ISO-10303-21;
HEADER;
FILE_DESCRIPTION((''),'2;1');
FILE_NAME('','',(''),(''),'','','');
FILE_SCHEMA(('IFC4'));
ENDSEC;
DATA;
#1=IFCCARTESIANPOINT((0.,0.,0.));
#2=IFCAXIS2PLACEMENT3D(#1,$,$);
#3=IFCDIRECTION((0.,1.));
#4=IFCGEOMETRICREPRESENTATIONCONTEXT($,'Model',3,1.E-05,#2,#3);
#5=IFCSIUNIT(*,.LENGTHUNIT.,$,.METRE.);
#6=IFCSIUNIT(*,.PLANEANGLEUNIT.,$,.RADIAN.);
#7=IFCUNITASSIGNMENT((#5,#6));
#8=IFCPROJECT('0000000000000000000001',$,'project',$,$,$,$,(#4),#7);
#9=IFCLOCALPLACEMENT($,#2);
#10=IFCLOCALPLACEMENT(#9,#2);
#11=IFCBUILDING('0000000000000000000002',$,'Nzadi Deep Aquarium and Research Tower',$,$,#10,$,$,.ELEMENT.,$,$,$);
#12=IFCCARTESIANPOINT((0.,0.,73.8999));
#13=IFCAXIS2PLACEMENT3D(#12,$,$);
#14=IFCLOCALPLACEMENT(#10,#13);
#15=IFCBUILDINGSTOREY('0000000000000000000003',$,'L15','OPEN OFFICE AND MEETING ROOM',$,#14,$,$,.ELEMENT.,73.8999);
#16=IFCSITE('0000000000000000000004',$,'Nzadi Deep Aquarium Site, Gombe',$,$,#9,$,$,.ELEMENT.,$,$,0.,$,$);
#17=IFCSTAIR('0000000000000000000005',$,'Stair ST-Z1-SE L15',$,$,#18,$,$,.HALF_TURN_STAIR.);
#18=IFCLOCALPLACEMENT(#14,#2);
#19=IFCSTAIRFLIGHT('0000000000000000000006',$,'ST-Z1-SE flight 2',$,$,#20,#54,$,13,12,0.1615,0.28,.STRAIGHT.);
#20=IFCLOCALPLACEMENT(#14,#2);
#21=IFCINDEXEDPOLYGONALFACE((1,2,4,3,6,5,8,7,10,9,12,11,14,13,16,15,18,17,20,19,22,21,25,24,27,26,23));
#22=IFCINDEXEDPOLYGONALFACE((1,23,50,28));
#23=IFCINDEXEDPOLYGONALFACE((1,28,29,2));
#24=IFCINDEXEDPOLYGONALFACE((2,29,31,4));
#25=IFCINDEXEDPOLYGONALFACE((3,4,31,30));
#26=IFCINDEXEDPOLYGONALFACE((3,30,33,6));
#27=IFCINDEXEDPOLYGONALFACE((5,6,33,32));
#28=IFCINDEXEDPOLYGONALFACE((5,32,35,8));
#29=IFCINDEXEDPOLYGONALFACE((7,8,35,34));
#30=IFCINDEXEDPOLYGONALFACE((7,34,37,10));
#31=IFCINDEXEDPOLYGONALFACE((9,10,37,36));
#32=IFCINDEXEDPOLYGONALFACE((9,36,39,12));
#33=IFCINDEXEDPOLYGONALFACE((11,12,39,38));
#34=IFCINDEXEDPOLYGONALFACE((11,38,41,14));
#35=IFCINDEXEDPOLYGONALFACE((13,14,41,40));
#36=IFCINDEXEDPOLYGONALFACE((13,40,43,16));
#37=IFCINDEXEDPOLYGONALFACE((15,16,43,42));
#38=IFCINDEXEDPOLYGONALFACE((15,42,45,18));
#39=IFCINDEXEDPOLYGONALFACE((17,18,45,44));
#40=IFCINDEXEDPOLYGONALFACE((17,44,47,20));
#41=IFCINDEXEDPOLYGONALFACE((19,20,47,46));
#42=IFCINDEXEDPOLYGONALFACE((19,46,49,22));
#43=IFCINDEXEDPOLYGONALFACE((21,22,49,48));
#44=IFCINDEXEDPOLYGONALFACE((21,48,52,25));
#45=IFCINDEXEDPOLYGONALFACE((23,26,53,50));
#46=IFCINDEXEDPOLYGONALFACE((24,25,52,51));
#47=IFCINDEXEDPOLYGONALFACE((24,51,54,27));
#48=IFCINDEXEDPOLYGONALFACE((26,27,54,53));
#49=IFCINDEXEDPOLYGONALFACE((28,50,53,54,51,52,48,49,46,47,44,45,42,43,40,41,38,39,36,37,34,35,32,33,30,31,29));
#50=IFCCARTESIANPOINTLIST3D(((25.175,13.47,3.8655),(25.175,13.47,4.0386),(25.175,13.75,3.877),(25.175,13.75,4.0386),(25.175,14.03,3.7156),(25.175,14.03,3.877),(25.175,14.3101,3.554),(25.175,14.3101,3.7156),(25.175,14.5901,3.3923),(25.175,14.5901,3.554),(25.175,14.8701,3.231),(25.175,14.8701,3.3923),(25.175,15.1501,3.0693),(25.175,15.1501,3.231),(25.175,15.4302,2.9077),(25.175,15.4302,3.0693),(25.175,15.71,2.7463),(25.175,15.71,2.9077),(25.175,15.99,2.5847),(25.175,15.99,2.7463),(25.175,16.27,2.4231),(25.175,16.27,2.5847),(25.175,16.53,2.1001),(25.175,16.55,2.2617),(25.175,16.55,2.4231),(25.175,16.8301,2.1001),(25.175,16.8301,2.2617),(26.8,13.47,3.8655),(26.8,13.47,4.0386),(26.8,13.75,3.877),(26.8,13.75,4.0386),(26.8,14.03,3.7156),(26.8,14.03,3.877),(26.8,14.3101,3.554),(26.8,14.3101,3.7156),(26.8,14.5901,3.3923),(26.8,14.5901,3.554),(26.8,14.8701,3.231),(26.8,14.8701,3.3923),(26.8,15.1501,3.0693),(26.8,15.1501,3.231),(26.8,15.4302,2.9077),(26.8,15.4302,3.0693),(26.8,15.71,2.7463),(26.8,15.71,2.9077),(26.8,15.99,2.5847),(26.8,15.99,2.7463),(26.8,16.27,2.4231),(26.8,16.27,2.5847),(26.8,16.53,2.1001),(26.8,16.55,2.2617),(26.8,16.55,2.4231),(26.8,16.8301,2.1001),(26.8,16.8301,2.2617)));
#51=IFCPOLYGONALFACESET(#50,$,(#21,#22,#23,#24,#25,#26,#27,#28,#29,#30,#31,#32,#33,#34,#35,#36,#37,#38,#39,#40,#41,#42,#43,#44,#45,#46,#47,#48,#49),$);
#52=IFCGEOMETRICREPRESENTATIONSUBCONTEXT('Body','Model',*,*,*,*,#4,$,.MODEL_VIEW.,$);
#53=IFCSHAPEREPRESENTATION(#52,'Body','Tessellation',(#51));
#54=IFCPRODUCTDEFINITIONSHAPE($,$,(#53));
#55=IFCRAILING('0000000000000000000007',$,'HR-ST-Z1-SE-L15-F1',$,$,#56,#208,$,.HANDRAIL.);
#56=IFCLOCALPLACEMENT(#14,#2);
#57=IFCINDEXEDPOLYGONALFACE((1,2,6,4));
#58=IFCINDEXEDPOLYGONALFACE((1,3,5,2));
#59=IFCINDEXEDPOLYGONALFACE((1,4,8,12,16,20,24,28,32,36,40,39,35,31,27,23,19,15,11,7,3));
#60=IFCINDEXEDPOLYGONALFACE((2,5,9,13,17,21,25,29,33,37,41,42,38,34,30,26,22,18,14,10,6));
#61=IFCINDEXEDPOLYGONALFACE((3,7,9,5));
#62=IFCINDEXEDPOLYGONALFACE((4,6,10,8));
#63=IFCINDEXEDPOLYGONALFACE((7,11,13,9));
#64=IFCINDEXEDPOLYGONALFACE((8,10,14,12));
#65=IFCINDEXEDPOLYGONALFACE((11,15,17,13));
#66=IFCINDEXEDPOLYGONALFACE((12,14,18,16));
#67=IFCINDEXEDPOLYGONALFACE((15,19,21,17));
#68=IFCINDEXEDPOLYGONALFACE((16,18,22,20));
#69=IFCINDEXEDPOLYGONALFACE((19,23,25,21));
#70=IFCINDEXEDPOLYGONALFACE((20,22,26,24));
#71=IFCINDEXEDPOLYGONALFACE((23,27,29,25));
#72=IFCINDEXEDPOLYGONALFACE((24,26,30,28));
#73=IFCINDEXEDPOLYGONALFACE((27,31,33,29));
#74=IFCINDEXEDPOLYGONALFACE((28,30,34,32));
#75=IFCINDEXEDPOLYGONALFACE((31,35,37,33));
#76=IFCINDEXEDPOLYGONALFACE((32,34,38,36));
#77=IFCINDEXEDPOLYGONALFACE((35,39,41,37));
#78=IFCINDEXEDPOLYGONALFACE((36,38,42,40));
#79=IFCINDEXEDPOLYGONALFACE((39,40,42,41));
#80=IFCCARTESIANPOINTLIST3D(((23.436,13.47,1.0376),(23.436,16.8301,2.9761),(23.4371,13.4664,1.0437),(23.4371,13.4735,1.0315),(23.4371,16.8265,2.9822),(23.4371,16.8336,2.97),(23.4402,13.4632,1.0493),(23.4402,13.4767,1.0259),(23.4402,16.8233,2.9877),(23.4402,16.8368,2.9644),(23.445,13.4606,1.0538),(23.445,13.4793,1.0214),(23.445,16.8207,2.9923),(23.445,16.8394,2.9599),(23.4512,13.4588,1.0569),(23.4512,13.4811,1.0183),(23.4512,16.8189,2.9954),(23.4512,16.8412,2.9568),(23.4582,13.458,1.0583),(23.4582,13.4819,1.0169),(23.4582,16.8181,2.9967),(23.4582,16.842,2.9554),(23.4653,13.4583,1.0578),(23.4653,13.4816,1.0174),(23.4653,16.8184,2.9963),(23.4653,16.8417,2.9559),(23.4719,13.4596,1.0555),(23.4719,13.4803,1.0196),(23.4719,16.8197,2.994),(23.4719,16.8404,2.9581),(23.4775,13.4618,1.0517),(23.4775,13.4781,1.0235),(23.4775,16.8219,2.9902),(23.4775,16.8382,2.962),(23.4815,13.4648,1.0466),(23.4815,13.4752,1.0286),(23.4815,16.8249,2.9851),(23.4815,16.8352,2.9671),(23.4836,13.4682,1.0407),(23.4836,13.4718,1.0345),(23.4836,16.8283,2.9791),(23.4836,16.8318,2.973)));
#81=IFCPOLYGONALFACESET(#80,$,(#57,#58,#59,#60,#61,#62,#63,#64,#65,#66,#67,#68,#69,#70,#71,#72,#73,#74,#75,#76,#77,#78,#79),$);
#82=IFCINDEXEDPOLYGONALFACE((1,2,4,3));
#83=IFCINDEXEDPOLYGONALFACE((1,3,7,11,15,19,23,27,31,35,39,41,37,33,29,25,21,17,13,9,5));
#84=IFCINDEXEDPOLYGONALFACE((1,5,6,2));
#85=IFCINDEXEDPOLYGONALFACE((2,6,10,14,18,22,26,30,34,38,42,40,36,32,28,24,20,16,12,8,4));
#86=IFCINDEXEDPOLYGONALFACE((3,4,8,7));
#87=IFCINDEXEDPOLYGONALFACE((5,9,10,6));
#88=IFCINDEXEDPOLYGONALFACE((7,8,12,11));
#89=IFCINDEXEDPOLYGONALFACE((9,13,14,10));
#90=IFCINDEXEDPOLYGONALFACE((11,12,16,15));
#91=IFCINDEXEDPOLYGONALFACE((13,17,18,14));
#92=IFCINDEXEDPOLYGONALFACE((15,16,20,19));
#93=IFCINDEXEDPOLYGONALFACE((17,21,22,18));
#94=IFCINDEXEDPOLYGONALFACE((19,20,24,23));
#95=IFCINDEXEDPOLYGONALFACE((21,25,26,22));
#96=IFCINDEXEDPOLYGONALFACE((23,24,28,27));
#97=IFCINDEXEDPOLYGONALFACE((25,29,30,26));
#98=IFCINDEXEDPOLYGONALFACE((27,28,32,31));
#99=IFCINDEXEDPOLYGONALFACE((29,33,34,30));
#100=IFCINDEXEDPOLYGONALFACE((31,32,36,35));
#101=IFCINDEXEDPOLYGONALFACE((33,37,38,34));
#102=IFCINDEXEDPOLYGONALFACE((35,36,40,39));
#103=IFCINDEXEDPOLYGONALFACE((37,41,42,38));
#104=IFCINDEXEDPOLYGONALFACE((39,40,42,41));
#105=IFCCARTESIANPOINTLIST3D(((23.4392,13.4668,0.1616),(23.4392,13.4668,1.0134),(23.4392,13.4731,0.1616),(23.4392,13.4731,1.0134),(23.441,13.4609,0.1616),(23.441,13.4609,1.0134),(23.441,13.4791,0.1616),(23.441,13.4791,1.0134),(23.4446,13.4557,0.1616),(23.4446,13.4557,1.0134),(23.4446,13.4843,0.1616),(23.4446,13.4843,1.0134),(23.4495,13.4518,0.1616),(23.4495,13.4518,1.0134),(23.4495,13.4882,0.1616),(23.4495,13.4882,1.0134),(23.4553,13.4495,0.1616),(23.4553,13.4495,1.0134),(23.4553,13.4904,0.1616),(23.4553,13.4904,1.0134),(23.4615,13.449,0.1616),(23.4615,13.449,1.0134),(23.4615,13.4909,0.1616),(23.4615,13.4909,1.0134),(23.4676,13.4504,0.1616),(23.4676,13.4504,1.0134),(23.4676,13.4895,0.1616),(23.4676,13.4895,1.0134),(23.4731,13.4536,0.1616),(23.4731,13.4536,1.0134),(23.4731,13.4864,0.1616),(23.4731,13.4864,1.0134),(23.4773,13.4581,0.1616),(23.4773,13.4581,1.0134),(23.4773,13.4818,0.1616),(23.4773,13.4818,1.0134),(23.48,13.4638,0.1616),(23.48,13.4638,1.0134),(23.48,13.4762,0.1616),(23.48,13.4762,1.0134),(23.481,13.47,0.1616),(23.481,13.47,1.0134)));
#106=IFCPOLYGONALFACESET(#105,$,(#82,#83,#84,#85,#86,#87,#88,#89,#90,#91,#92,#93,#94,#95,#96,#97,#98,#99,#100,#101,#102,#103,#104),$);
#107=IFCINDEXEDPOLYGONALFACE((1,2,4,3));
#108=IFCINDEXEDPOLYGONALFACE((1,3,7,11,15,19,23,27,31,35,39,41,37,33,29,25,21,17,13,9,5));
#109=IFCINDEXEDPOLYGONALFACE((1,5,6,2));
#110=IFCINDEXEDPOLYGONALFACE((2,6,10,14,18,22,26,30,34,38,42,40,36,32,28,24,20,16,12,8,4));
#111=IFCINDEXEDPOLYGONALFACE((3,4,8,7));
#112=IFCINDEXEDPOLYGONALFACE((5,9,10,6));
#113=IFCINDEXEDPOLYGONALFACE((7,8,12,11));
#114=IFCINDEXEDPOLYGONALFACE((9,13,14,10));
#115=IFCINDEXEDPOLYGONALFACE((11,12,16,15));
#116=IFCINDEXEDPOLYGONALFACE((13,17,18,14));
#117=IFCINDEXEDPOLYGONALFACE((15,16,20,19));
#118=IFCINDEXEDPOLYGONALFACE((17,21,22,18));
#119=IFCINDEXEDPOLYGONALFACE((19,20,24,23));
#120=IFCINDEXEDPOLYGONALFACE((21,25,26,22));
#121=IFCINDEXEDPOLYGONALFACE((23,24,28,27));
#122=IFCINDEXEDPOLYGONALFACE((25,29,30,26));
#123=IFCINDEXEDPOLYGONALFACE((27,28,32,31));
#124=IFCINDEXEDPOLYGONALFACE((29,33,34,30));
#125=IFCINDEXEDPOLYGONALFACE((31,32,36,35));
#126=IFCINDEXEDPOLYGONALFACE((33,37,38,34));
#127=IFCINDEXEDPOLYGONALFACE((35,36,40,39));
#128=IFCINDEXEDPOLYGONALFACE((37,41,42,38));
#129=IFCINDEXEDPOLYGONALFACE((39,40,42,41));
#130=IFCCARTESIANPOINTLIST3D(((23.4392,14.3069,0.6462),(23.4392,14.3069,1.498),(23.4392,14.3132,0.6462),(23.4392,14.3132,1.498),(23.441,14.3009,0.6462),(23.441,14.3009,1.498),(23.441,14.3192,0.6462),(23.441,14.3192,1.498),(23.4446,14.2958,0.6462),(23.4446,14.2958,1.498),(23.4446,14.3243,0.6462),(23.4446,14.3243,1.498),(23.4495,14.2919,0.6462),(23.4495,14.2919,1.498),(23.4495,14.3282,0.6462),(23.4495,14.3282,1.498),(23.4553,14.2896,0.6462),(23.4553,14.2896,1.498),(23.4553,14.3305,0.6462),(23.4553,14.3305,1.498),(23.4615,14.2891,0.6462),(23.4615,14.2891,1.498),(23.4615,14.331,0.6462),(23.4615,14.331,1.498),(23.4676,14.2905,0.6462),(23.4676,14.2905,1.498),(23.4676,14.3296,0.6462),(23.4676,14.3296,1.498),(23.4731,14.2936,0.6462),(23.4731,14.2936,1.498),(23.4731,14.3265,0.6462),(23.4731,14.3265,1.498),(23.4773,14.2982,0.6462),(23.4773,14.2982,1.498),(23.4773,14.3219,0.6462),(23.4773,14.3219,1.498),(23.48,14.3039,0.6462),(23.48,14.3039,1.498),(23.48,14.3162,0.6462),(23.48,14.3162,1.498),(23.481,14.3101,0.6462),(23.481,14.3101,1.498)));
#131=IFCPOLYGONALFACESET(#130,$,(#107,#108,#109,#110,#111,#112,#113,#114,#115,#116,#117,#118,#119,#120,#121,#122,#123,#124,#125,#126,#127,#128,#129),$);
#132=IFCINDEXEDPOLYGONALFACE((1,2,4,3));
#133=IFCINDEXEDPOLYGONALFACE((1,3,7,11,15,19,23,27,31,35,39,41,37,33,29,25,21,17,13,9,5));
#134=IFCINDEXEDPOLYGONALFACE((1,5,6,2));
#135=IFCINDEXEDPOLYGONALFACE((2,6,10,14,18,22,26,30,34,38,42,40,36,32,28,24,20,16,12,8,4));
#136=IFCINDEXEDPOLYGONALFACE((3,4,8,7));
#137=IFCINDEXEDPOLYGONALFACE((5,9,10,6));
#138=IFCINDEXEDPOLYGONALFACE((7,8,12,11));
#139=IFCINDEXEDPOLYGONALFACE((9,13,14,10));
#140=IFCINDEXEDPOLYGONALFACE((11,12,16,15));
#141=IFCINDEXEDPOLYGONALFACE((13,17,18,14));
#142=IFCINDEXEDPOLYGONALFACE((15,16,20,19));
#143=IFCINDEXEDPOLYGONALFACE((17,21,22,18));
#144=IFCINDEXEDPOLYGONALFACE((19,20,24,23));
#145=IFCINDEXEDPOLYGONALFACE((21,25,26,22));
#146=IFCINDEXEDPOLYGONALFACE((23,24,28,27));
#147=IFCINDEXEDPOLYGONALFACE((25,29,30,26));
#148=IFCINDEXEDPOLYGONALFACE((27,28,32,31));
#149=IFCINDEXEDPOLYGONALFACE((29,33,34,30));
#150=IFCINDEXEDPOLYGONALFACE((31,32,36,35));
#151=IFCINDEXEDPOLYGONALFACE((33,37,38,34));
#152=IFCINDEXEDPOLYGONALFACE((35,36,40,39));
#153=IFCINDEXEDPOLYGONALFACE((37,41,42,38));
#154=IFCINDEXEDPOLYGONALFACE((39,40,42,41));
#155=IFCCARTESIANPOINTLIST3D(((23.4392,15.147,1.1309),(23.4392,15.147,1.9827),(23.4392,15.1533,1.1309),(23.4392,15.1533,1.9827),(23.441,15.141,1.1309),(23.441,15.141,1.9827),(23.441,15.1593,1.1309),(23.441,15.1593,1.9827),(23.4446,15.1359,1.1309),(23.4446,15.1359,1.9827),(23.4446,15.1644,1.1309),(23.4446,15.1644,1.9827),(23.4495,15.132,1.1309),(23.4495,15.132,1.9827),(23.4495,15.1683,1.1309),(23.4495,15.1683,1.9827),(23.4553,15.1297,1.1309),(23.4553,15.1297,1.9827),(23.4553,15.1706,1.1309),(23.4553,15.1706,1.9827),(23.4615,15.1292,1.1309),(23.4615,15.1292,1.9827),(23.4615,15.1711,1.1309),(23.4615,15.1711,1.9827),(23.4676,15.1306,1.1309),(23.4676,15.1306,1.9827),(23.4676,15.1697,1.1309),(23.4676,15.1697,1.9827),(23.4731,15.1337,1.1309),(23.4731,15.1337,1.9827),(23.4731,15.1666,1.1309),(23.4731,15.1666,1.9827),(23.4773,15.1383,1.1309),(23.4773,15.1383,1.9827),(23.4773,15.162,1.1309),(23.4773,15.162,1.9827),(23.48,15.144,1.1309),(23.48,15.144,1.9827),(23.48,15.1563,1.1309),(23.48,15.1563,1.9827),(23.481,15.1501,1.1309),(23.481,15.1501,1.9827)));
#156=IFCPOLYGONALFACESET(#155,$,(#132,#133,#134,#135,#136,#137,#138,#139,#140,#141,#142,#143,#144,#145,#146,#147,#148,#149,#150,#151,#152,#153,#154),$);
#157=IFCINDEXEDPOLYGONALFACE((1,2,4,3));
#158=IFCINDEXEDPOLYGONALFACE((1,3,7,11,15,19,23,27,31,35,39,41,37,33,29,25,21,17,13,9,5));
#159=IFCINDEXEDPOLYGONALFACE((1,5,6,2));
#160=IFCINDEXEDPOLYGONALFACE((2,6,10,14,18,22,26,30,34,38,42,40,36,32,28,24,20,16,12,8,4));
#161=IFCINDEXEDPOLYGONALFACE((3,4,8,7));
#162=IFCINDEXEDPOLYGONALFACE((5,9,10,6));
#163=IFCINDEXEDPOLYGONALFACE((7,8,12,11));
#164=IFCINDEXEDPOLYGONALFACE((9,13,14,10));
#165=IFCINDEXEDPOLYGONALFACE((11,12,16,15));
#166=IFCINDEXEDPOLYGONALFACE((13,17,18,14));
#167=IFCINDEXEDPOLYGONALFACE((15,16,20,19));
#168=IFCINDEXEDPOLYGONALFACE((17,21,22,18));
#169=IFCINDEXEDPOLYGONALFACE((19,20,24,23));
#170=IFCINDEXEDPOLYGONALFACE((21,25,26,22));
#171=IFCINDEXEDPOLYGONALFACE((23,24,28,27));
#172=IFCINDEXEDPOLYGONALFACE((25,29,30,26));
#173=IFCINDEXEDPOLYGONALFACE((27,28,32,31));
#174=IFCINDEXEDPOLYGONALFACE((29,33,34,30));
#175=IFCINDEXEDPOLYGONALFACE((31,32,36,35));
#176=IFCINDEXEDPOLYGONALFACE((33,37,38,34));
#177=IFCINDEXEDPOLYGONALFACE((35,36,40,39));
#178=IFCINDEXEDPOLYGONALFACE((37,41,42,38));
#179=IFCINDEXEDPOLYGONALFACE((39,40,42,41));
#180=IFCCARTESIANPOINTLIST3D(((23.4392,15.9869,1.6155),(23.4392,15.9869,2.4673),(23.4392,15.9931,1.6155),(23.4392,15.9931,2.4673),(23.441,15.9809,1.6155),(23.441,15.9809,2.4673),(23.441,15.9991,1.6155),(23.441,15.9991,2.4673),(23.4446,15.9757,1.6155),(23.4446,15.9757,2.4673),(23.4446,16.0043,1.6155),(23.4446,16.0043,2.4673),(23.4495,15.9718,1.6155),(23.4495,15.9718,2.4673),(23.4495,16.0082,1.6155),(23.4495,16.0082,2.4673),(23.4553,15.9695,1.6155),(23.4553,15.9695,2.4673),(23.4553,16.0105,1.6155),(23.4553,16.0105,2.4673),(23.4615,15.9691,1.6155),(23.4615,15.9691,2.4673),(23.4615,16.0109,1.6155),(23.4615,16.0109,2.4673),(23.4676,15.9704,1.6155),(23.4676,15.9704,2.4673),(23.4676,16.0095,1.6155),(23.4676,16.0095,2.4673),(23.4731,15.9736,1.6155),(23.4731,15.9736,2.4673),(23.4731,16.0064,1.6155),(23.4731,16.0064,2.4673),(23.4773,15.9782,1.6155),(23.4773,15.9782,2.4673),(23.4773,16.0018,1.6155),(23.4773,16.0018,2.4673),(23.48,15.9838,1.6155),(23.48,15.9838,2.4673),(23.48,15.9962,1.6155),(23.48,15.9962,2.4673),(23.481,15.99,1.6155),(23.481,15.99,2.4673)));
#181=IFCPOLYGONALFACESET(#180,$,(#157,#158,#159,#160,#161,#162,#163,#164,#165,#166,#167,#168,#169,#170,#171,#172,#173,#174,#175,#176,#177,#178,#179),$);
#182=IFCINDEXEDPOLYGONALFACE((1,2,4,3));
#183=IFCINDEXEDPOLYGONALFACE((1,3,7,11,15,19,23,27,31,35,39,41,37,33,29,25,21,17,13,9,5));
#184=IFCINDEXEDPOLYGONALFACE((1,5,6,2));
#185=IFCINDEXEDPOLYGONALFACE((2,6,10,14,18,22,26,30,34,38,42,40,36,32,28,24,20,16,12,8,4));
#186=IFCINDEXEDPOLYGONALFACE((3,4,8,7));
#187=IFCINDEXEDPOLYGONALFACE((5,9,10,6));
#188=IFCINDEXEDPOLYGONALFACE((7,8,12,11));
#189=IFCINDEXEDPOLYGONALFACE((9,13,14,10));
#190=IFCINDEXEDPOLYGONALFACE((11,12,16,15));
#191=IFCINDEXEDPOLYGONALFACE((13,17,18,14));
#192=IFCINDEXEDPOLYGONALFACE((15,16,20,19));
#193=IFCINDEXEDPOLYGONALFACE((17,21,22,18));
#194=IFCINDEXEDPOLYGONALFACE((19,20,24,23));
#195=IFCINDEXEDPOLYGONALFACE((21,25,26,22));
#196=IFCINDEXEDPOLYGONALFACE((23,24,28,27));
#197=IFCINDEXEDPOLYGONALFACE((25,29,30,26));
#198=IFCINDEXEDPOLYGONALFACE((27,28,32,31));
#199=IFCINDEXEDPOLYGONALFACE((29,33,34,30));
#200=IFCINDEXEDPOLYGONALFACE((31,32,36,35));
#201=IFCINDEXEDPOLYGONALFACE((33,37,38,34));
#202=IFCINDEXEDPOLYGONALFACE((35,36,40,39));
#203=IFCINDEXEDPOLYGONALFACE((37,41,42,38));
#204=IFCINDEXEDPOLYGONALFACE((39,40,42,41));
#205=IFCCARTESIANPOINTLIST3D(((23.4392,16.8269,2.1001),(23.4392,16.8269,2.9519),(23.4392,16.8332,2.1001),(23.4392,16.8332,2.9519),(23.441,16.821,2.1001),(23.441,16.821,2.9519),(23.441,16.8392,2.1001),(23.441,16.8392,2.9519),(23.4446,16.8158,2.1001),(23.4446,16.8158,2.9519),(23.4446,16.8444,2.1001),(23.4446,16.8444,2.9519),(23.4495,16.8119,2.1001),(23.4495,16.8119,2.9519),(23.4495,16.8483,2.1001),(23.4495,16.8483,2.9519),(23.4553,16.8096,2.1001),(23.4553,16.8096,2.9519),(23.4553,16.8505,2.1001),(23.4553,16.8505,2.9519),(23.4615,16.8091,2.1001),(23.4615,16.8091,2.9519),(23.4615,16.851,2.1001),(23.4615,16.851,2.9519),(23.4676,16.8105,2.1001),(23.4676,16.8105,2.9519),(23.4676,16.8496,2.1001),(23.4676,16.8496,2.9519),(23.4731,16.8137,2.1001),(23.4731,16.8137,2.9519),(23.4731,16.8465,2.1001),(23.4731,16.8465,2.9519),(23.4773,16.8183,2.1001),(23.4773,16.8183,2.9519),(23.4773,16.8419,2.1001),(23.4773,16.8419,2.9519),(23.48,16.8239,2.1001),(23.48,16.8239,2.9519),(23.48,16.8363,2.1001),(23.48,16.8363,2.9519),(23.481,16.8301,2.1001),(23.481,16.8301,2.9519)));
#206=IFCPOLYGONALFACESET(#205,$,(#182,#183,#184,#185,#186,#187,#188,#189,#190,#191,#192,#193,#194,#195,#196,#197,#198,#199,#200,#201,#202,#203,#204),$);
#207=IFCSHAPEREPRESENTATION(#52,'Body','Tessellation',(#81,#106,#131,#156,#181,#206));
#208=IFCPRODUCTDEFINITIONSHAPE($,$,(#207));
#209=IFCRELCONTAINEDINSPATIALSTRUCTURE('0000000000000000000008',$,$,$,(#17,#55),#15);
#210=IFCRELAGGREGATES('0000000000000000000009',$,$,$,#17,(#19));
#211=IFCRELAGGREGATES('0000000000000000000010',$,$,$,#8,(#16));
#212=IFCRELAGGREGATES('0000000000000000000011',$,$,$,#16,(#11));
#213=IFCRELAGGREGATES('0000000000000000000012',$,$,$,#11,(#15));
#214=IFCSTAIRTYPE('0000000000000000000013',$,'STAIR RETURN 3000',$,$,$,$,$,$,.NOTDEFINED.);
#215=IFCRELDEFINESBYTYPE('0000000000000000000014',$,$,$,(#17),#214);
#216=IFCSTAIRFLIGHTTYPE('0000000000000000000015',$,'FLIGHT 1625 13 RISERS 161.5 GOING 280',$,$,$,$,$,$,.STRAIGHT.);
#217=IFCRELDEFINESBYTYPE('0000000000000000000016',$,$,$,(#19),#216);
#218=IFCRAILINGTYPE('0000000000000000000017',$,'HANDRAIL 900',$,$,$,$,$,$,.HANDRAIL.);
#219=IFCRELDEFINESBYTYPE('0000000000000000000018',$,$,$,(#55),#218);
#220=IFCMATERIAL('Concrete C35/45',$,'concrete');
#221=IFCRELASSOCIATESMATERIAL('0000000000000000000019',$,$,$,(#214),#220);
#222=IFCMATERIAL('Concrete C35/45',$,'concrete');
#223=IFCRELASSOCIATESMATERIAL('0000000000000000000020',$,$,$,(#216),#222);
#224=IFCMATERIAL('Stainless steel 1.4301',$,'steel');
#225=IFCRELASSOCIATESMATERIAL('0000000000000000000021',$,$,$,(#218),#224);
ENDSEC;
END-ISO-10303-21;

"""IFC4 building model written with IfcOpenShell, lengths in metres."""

from ifc_helpers import new_model, si_unit, direction, frame, origin, origin_2d, place, context, subcontext, project, spatial, polyline, circle, outline, extrude, material, type_object, element, aggregate, save


model = new_model("IFC4")

# Units and contexts
model_context = context("Model", 3, precision=1e-05, world=origin(), true_north=direction((0.0, 1.0)))
body_context = subcontext(model_context, "Body", "Model", "MODEL_VIEW")
ifc_project = project(units=[si_unit("LENGTHUNIT", "METRE"), si_unit("PLANEANGLEUNIT", "RADIAN")], contexts=[model_context])

# Site, building, storey
site_placement = place(None, origin())
site = spatial("IfcSite", under=ifc_project, at=site_placement, Name="Nzadi Deep Aquarium Site, Gombe", CompositionType="ELEMENT", RefElevation=0.0)
building_placement = place(site_placement, origin())
building = spatial("IfcBuilding", under=site, at=building_placement, Name="Nzadi Deep Aquarium and Research Tower", CompositionType="ELEMENT")
storey_placement = place(building_placement, frame((0.0, 0.0, 73.8999)))
storey = spatial("IfcBuildingStorey", under=building, at=storey_placement, Name="L15", Description="OPEN OFFICE AND MEETING ROOM", CompositionType="ELEMENT", Elevation=73.8999)

# Stair, stair flight
ifc_material_1 = material(Name="Concrete C35/45", Category="concrete")
stair_type = type_object("IfcStairType", Name="STAIR RETURN 3000", PredefinedType="NOTDEFINED", material=ifc_material_1)
stair_placement = place(storey_placement, origin())
stair = element("IfcStair", 1, at=stair_placement, inside=storey, type_object=stair_type, Name="Stair ST-Z1-SE L15", PredefinedType="HALF_TURN_STAIR")
ifc_material_2 = material(Name="Concrete C35/45", Category="concrete")
stair_flight_type = type_object("IfcStairFlightType", Name="FLIGHT 1625 13 RISERS 161.5 GOING 280", PredefinedType="STRAIGHT", material=ifc_material_2)
stair_flight_1_placement = place(storey_placement, frame((25.9875, 16.8301, 2.1001), z_axis=(0.0, 0.0, 1.0), x_axis=(0.0, -1.0, 0.0)))
stair_flight_1 = element("IfcStairFlight", 2, at=stair_flight_1_placement, type_object=stair_flight_type, Name="ST-Z1-SE flight 2", NumberOfRisers=13, NumberOfTreads=12, PredefinedType="STRAIGHT", RiserHeight=0.1615, TreadLength=0.28, context=body_context, shape_type="SweptSolid", body=[
    extrude(outline(polyline([(0.0, 0.0), (0.0, 0.1616), (0.28, 0.1616), (0.28, 0.323), (0.5601, 0.323), (0.5601, 0.4846), (0.8401, 0.4846), (0.8401, 0.6462), (1.1201, 0.6462), (1.1201, 0.8076), (1.3999, 0.8076), (1.3999, 0.9692), (1.6799, 0.9692), (1.6799, 1.1309), (1.96, 1.1309), (1.96, 1.2922), (2.24, 1.2922), (2.24, 1.4539), (2.52, 1.4539), (2.52, 1.6155), (2.8, 1.6155), (2.8, 1.7769), (3.0801, 1.7769), (3.0801, 1.9385), (3.3601, 1.9385), (3.3601, 2.1001), (3.3601, 1.7654), (0.3, 0.0), (0.0, 0.0)])), frame((0.0, 0.8125, 0.0), z_axis=(0.0, -1.0, 0.0), x_axis=(1.0, 0.0, 0.0)), (0.0, 0.0, 1.0), 1.625),
])
aggregate(stair, [stair_flight_1])

# Railing
ifc_material_3 = material(Name="Stainless steel 1.4301", Category="steel")
railing_type = type_object("IfcRailingType", Name="HANDRAIL 900", PredefinedType="HANDRAIL", material=ifc_material_3)
for number, where, name in (
    (3, (23.46, 13.47, 0.1616), "HR-ST-Z1-SE-L15-F1"),
):
    element("IfcRailing", number, at=place(storey_placement, frame(where)), inside=storey, type_object=railing_type, Name=name, PredefinedType="HANDRAIL", context=body_context, shape_type="SweptSolid", body=[
        extrude(circle(Radius=0.0239, at=origin_2d()), frame((0.0, 0.0, 0.876), z_axis=(0.0, 0.866191, 0.499713), x_axis=(-1.0, 0.0, 0.0)), (0.0, 0.0, 1.0), 3.8792),
        extrude(circle(Radius=0.021, at=origin_2d()), origin(), (0.0, 0.0, 1.0), 0.8518),
        extrude(circle(Radius=0.021, at=origin_2d()), frame((0.0, 0.8401, 0.4846)), (0.0, 0.0, 1.0), 0.8518),
        extrude(circle(Radius=0.021, at=origin_2d()), frame((0.0, 1.6802, 0.9692)), (0.0, 0.0, 1.0), 0.8518),
        extrude(circle(Radius=0.021, at=origin_2d()), frame((0.0, 2.52, 1.4539)), (0.0, 0.0, 1.0), 0.8518),
        extrude(circle(Radius=0.021, at=origin_2d()), frame((0.0, 3.3601, 1.9385)), (0.0, 0.0, 1.0), 0.8518),
    ])

save(model, "model.ifc")
